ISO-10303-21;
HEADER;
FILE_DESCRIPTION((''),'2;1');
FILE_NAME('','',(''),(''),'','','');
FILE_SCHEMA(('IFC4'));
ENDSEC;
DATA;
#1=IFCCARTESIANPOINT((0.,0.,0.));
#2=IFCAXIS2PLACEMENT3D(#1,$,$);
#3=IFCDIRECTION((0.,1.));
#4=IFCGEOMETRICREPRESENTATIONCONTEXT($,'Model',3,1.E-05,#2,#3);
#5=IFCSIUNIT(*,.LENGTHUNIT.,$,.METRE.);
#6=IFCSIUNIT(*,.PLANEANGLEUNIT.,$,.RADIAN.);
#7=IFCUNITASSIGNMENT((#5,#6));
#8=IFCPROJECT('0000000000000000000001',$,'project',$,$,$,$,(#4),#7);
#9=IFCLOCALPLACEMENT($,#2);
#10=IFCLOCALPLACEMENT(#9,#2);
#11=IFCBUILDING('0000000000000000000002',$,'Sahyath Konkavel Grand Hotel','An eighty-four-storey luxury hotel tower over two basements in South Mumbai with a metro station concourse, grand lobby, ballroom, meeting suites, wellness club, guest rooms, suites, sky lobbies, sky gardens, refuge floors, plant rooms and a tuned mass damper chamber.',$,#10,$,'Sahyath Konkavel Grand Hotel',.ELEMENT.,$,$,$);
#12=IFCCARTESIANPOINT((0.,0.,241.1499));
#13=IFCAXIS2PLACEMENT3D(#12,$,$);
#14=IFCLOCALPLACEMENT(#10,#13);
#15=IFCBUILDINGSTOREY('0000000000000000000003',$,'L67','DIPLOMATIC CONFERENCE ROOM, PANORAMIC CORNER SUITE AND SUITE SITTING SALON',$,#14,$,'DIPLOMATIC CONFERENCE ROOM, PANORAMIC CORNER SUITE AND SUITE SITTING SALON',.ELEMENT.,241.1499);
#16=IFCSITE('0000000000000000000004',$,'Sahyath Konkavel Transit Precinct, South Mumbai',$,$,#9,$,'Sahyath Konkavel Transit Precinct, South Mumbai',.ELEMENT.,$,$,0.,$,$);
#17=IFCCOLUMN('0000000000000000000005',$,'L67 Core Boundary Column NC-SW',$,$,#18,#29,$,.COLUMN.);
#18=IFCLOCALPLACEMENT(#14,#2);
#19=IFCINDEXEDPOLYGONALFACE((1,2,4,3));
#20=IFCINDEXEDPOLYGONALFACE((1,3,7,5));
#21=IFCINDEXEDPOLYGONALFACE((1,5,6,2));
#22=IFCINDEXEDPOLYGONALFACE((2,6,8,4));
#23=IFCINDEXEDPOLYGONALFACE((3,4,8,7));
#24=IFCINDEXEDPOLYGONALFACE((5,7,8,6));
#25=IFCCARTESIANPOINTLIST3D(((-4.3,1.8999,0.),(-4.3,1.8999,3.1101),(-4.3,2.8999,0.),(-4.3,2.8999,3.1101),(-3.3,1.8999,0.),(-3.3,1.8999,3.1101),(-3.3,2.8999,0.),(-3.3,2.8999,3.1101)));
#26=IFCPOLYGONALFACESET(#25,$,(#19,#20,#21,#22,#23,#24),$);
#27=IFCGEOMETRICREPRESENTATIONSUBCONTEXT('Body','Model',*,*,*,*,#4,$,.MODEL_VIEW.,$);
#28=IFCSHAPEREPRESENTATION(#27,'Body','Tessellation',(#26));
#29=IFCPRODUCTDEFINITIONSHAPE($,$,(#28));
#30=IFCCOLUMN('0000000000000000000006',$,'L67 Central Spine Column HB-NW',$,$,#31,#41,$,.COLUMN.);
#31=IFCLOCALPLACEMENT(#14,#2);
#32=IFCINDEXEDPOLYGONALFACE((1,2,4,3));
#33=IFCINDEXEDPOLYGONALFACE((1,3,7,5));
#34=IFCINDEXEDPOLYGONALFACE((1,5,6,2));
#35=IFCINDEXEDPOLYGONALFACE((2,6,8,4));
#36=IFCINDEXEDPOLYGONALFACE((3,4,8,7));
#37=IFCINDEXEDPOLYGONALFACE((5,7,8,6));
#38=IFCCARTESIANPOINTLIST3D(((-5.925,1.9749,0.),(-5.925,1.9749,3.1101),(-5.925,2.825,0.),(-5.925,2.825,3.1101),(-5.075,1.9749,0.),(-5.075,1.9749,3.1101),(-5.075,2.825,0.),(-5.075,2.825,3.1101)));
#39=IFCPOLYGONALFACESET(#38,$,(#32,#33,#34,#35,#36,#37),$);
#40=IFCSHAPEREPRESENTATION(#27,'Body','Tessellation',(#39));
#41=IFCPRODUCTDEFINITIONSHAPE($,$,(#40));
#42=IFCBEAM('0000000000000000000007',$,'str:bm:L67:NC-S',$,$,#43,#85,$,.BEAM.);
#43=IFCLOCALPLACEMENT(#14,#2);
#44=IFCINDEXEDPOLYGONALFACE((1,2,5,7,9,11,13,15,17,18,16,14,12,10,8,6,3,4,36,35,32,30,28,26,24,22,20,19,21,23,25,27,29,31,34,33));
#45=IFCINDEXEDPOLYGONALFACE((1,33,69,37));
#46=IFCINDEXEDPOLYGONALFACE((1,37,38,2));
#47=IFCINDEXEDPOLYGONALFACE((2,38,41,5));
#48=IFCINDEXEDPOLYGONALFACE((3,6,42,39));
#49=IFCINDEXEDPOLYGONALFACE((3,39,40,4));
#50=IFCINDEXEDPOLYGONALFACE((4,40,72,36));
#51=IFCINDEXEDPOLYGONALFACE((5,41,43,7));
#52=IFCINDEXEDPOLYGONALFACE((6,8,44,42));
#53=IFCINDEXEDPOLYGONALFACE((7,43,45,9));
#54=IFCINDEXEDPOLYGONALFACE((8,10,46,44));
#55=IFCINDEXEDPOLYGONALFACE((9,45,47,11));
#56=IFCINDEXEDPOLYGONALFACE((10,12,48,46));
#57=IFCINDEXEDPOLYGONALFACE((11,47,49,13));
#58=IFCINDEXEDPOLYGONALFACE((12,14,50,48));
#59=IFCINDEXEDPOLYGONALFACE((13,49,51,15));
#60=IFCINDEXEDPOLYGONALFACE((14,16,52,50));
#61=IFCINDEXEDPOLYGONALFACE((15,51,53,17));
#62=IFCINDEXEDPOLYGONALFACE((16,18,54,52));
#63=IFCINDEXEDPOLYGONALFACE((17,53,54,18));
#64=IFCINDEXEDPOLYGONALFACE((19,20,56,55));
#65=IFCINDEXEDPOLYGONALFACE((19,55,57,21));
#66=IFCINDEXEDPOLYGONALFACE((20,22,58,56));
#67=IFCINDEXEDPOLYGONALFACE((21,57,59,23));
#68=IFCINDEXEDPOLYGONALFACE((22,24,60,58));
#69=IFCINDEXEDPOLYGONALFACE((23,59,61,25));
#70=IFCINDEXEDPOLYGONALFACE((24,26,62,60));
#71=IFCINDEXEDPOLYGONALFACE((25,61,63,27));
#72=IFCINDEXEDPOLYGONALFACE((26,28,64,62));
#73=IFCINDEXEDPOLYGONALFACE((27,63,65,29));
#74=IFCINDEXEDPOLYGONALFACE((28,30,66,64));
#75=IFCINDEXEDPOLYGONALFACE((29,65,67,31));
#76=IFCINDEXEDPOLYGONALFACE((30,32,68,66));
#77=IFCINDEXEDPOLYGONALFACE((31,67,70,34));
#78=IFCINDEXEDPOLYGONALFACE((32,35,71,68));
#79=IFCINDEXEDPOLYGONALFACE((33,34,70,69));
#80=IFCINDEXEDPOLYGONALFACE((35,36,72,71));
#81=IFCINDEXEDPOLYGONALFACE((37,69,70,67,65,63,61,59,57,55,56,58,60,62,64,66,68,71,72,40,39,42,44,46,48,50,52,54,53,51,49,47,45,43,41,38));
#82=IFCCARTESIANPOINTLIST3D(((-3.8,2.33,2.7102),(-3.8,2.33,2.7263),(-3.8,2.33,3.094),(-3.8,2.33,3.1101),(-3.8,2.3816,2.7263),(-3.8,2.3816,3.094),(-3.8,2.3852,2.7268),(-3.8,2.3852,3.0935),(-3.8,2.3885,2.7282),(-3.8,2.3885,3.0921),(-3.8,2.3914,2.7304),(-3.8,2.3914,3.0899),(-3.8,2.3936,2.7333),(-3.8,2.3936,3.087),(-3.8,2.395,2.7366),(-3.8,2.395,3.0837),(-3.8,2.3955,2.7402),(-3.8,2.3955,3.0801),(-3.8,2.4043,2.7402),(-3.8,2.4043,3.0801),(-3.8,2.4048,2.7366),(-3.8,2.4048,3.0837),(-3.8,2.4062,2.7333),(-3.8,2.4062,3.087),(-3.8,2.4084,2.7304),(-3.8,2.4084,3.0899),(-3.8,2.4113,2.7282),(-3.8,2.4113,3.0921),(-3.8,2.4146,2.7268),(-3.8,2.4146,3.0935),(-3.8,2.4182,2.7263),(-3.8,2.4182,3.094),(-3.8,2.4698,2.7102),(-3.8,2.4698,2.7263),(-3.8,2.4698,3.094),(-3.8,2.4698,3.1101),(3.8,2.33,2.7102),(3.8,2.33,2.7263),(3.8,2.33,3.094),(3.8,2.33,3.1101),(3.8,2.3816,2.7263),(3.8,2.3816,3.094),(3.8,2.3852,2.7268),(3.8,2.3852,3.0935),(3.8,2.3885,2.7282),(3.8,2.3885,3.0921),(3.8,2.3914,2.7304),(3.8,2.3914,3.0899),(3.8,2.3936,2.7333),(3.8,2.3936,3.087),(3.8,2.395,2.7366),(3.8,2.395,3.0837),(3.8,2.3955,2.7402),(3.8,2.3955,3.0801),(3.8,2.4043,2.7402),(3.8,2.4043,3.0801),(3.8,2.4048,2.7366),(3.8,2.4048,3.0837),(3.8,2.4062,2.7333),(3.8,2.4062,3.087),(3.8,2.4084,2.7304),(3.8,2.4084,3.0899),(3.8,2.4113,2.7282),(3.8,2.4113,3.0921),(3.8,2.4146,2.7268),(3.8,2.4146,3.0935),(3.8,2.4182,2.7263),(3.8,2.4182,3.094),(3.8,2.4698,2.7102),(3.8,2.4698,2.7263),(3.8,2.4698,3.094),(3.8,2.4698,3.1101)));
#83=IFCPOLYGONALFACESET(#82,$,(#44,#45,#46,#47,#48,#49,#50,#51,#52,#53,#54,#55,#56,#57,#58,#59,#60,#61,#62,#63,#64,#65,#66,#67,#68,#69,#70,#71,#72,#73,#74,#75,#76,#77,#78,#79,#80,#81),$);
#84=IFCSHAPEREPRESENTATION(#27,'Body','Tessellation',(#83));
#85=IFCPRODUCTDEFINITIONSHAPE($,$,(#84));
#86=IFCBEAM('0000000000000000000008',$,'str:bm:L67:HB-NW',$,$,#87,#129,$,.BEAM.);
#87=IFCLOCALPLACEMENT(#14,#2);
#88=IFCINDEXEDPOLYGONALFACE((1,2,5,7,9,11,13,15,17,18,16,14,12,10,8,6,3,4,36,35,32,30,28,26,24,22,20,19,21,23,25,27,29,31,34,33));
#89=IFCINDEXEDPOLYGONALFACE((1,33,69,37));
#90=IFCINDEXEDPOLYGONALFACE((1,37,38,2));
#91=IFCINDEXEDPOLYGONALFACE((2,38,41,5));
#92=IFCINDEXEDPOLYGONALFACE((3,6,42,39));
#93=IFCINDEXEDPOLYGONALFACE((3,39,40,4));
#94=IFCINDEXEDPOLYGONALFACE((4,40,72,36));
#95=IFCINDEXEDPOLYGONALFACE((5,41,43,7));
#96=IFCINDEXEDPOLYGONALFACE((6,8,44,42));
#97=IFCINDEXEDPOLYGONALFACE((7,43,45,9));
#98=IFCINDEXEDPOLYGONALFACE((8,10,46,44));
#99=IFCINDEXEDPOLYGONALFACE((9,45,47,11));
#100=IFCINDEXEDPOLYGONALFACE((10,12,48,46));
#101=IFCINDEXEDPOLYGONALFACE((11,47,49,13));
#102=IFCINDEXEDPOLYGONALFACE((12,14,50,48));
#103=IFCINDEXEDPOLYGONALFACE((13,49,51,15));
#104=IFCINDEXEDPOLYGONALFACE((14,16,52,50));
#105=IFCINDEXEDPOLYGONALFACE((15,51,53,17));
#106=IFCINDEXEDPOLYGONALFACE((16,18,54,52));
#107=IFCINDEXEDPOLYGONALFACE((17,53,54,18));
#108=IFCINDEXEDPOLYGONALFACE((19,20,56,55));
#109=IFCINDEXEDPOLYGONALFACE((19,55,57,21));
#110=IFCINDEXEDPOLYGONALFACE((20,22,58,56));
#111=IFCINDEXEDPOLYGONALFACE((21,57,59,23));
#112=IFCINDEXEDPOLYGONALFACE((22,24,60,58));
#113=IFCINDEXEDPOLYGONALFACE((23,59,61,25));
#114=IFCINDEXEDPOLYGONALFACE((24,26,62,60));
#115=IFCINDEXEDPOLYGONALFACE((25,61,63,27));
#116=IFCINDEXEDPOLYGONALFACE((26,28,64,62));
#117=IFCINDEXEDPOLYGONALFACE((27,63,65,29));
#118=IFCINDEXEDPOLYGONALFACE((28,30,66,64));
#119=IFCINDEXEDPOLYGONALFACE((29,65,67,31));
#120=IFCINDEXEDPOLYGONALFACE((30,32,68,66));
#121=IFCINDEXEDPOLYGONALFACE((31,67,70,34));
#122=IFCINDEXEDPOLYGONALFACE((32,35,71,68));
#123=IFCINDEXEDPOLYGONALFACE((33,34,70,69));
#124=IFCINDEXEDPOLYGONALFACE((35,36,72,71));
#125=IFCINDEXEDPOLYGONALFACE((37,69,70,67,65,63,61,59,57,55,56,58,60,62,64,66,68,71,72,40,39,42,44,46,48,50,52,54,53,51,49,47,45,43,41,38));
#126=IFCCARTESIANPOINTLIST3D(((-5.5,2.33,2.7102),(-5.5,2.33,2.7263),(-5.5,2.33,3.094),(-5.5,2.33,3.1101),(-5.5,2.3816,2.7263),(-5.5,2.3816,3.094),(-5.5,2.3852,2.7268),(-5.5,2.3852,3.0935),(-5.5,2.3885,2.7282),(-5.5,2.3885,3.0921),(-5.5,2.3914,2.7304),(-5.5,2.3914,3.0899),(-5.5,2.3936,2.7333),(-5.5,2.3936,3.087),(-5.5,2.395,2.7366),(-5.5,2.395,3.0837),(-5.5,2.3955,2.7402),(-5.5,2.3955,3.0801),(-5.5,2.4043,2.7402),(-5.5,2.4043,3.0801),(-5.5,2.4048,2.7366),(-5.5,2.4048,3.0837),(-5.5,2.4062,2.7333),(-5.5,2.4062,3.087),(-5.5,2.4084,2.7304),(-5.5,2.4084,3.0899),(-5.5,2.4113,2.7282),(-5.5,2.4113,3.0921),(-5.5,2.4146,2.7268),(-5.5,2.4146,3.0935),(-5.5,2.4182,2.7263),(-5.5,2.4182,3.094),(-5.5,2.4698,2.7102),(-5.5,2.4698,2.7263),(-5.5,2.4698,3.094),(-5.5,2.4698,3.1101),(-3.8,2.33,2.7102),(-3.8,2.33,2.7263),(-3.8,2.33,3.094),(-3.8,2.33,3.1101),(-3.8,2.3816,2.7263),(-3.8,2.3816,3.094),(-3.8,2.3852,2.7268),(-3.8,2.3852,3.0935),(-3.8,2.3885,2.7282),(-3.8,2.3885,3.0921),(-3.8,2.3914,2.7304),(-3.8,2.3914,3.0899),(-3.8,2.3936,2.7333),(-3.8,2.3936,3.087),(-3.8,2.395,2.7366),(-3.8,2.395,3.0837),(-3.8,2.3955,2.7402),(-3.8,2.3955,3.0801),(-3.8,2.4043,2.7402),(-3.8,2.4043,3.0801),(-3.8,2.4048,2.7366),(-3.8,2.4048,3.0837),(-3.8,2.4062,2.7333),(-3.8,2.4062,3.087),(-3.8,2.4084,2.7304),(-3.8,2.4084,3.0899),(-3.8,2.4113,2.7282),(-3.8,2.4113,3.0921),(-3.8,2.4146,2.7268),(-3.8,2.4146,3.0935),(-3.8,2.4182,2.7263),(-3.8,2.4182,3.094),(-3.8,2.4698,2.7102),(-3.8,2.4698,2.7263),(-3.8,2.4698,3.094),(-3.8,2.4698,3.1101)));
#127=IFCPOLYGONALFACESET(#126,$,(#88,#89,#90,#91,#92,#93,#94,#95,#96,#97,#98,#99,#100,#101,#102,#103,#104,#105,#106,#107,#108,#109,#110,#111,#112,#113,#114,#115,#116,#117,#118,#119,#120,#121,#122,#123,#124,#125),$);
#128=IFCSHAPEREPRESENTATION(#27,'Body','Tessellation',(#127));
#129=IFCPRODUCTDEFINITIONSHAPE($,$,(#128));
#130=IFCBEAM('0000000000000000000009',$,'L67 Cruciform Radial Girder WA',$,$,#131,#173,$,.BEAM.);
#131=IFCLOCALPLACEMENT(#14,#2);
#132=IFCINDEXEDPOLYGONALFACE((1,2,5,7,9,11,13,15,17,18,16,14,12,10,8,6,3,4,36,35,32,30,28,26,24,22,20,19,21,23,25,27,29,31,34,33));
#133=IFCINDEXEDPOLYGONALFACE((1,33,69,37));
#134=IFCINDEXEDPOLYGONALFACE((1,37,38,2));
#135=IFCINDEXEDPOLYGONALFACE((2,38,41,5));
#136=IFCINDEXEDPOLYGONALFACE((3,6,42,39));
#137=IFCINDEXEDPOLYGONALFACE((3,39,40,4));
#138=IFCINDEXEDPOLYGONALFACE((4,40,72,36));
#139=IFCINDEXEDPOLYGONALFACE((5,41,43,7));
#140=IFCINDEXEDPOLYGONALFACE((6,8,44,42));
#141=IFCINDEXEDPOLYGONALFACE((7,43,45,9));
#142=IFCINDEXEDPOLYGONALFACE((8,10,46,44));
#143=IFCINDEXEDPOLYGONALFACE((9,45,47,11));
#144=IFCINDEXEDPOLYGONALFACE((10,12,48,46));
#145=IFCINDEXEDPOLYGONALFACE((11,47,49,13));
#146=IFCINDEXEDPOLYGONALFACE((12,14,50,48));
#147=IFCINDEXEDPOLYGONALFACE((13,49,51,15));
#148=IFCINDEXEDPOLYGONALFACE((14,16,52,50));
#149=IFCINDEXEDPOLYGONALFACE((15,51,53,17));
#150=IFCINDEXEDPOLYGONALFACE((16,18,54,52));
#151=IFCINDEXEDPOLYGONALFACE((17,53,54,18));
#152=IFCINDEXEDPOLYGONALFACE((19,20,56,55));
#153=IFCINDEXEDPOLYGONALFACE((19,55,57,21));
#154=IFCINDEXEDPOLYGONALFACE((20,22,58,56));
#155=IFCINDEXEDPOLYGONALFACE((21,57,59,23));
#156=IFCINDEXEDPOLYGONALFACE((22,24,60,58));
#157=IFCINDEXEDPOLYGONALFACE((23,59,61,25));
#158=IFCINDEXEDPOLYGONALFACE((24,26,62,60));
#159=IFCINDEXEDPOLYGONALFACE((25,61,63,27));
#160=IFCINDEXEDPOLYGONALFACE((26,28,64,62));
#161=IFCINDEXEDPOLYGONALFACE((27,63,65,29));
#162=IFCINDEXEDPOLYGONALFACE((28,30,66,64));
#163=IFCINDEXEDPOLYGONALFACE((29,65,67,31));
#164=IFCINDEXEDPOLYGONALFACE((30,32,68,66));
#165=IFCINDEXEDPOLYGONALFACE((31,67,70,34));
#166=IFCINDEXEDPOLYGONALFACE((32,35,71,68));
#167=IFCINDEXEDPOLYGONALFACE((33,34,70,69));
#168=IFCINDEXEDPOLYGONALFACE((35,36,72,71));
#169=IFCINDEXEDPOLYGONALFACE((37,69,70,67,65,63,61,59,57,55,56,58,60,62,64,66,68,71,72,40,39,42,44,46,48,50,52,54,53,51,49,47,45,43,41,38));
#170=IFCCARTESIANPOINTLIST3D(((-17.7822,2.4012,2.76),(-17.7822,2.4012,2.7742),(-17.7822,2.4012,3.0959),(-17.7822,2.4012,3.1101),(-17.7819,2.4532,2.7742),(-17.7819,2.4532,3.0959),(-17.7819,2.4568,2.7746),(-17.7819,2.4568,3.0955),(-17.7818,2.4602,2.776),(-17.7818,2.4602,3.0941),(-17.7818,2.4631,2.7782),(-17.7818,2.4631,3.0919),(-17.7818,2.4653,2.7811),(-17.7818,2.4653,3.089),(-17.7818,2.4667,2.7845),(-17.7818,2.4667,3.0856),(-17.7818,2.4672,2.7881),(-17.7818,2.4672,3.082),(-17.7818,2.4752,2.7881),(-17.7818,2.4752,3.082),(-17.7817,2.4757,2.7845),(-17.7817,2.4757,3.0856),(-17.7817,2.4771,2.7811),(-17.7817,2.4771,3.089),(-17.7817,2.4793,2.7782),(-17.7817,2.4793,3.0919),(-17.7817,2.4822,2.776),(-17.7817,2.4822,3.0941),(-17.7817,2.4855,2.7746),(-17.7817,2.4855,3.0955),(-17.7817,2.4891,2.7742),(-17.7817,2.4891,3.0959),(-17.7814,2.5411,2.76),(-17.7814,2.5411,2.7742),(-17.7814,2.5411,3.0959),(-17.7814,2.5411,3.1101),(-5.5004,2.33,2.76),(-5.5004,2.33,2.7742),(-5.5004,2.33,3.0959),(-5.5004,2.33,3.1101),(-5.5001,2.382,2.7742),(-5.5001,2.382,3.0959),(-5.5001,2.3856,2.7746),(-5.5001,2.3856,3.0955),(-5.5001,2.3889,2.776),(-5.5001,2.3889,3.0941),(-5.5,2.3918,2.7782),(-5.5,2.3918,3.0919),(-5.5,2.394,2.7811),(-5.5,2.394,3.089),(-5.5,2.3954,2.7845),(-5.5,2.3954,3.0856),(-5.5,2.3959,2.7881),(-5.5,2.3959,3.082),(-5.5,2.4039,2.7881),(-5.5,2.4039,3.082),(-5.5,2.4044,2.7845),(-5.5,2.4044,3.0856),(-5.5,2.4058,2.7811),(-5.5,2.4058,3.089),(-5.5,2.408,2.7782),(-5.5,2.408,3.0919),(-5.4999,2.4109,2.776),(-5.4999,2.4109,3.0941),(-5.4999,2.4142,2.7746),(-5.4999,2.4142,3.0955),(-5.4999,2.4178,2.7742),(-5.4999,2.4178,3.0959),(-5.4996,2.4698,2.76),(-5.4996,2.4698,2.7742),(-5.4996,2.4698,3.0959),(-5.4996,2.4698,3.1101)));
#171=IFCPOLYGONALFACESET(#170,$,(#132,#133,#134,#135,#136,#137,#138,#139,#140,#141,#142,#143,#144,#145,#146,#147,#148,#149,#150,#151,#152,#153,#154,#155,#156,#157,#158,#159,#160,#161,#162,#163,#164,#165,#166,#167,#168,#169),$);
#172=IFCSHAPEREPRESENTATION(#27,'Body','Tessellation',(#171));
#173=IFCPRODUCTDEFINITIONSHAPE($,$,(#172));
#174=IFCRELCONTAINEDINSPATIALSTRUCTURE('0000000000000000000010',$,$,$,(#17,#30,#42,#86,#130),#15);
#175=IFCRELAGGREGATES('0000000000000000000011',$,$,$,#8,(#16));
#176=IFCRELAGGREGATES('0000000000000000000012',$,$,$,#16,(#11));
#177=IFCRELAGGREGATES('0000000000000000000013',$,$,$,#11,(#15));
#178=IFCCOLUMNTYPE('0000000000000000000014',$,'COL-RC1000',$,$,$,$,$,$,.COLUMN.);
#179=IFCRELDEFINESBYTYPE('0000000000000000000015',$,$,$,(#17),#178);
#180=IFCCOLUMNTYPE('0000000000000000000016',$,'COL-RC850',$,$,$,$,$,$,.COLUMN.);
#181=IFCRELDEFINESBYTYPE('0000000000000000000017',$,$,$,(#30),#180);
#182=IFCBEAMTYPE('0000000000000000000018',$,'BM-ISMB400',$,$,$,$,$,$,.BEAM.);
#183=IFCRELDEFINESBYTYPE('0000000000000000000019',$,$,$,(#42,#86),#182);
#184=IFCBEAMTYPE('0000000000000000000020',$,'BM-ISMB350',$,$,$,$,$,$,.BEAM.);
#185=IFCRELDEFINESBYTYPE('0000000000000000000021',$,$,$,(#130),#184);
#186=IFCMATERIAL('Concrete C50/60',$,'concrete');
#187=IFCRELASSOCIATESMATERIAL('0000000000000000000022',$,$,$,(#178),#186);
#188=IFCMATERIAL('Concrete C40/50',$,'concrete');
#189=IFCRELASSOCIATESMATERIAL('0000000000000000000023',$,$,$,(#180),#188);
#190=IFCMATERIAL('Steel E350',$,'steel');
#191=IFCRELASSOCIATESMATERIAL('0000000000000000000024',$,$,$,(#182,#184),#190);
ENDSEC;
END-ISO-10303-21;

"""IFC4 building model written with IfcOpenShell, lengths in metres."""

from ifc_helpers import new_model, si_unit, direction, frame, origin, origin_2d, place, context, subcontext, project, spatial, rectangle, i_section, extrude, source, transform, mapped, material, material_profile, profile_set, type_object, element, save


model = new_model("IFC4")

# Units and contexts
model_context = context("Model", 3, precision=1e-05, world=origin(), true_north=direction((0.0, 1.0)))
body_context = subcontext(model_context, "Body", "Model", "MODEL_VIEW")
ifc_project = project(units=[si_unit("LENGTHUNIT", "METRE"), si_unit("PLANEANGLEUNIT", "RADIAN")], contexts=[model_context])

# Site, building, storey
site_placement = place(None, origin())
site = spatial("IfcSite", under=ifc_project, at=site_placement, Name="Sahyath Konkavel Transit Precinct, South Mumbai", LongName="Sahyath Konkavel Transit Precinct, South Mumbai", CompositionType="ELEMENT", RefElevation=0.0)
building_placement = place(site_placement, origin())
building = spatial("IfcBuilding", under=site, at=building_placement, Name="Sahyath Konkavel Grand Hotel", Description="An eighty-four-storey luxury hotel tower over two basements in South Mumbai with a metro station concourse, grand lobby, ballroom, meeting suites, wellness club, guest rooms, suites, sky lobbies, sky gardens, refuge floors, plant rooms and a tuned mass damper chamber.", LongName="Sahyath Konkavel Grand Hotel", CompositionType="ELEMENT")
storey_placement = place(building_placement, frame((0.0, 0.0, 241.1499)))
storey = spatial("IfcBuildingStorey", under=building, at=storey_placement, Name="L67", Description="DIPLOMATIC CONFERENCE ROOM, PANORAMIC CORNER SUITE AND SUITE SITTING SALON", LongName="DIPLOMATIC CONFERENCE ROOM, PANORAMIC CORNER SUITE AND SUITE SITTING SALON", CompositionType="ELEMENT", Elevation=241.1499)

# Columns
ifc_material_1 = material(Name="Concrete C50/60", Category="concrete")
ifc_material_profile_1 = material_profile(ifc_material_1, rectangle(XDim=1.0, YDim=1.0, at=origin_2d()), Name="RC 1000x1000")
ifc_profile_set_1 = profile_set([ifc_material_profile_1], Name="Concrete C50/60")
column_type_1 = type_object("IfcColumnType", Name="COL-RC1000", PredefinedType="COLUMN", material=ifc_profile_set_1)
shared_shape_1 = source(origin(), body_context, "Body", "SweptSolid", [
    extrude(rectangle(XDim=1.0, YDim=1.0, at=origin_2d()), origin(), (0.0, 0.0, 1.0), 3.1101),
])
column_1_placement = place(storey_placement, frame((-3.8, 2.3999, 0.0), z_axis=(0.0, 0.0, 1.0), x_axis=(1.0, 0.0, 0.0)))
element("IfcColumn", 1, at=column_1_placement, inside=storey, type_object=column_type_1, Name="L67 Core Boundary Column NC-SW", PredefinedType="COLUMN", context=body_context, shape_type="MappedRepresentation", body=[
    mapped(shared_shape_1, transform((0.0, 0.0, 0.0), scale=1.0)),
])
ifc_material_2 = material(Name="Concrete C40/50", Category="concrete")
ifc_material_profile_2 = material_profile(ifc_material_2, rectangle(XDim=0.8501, YDim=0.8501, at=origin_2d()), Name="RC 850x850")
ifc_profile_set_2 = profile_set([ifc_material_profile_2], Name="Concrete C40/50")
column_type_2 = type_object("IfcColumnType", Name="COL-RC850", PredefinedType="COLUMN", material=ifc_profile_set_2)
shared_shape_2 = source(origin(), body_context, "Body", "SweptSolid", [
    extrude(rectangle(XDim=0.8501, YDim=0.8501, at=origin_2d()), origin(), (0.0, 0.0, 1.0), 3.1101),
])
column_2_placement = place(storey_placement, frame((-5.5, 2.3999, 0.0), z_axis=(0.0, 0.0, 1.0), x_axis=(1.0, 0.0, 0.0)))
element("IfcColumn", 2, at=column_2_placement, inside=storey, type_object=column_type_2, Name="L67 Central Spine Column HB-NW", PredefinedType="COLUMN", context=body_context, shape_type="MappedRepresentation", body=[
    mapped(shared_shape_2, transform((0.0, 0.0, 0.0), scale=1.0)),
])

# Beams
ifc_material_3 = material(Name="Steel E350", Category="steel")
ifc_material_profile_3 = material_profile(ifc_material_3, i_section(OverallWidth=0.1399, OverallDepth=0.3999, WebThickness=0.0088, FlangeThickness=0.0161, FilletRadius=0.0139, at=origin_2d()), Name="ISMB 400")
ifc_profile_set_3 = profile_set([ifc_material_profile_3], Name="Steel E350")
beam_type_1 = type_object("IfcBeamType", Name="BM-ISMB400", PredefinedType="BEAM", material=ifc_profile_set_3)
shared_shape_3 = source(origin(), body_context, "Body", "SweptSolid", [
    extrude(i_section(OverallWidth=0.1399, OverallDepth=0.3999, WebThickness=0.0088, FlangeThickness=0.0161, FilletRadius=0.0139, at=origin_2d()), origin(), (0.0, 0.0, 1.0), 7.6001),
])
beam_1_placement = place(storey_placement, frame((-3.8, 2.3999, 2.9102), z_axis=(1.0, 0.0, 0.0), x_axis=(0.0, 1.0, 0.0)))
element("IfcBeam", 3, at=beam_1_placement, inside=storey, type_object=beam_type_1, Name="str:bm:L67:NC-S", PredefinedType="BEAM", context=body_context, shape_type="MappedRepresentation", body=[
    mapped(shared_shape_3, transform((0.0, 0.0, 0.0), scale=1.0)),
])
shared_shape_4 = source(origin(), body_context, "Body", "SweptSolid", [
    extrude(i_section(OverallWidth=0.1399, OverallDepth=0.3999, WebThickness=0.0088, FlangeThickness=0.0161, FilletRadius=0.0139, at=origin_2d()), origin(), (0.0, 0.0, 1.0), 1.7),
])
beam_2_placement = place(storey_placement, frame((-5.5, 2.3999, 2.9102), z_axis=(1.0, 0.0, 0.0), x_axis=(0.0, 1.0, 0.0)))
element("IfcBeam", 4, at=beam_2_placement, inside=storey, type_object=beam_type_1, Name="str:bm:L67:HB-NW", PredefinedType="BEAM", context=body_context, shape_type="MappedRepresentation", body=[
    mapped(shared_shape_4, transform((0.0, 0.0, 0.0), scale=1.0)),
])
ifc_material_profile_4 = material_profile(ifc_material_3, i_section(OverallWidth=0.1399, OverallDepth=0.3501, WebThickness=0.0081, FlangeThickness=0.0142, FilletRadius=0.0139, at=origin_2d()), Name="ISMB 350")
ifc_profile_set_4 = profile_set([ifc_material_profile_4], Name="Steel E350")
beam_type_2 = type_object("IfcBeamType", Name="BM-ISMB350", PredefinedType="BEAM", material=ifc_profile_set_4)
shared_shape_5 = source(origin(), body_context, "Body", "SweptSolid", [
    extrude(i_section(OverallWidth=0.1399, OverallDepth=0.3501, WebThickness=0.0081, FlangeThickness=0.0142, FilletRadius=0.0139, at=origin_2d()), origin(), (0.0, 0.0, 1.0), 12.282),
])
beam_3_placement = place(storey_placement, frame((-5.5, 2.3999, 2.9351), z_axis=(-0.999983, 0.005804, 0.0), x_axis=(-0.005804, -0.999983, 0.0)))
element("IfcBeam", 5, at=beam_3_placement, inside=storey, type_object=beam_type_2, Name="L67 Cruciform Radial Girder WA", PredefinedType="BEAM", context=body_context, shape_type="MappedRepresentation", body=[
    mapped(shared_shape_5, transform((0.0, 0.0, 0.0), scale=1.0)),
])

save(model, "model.ifc")
